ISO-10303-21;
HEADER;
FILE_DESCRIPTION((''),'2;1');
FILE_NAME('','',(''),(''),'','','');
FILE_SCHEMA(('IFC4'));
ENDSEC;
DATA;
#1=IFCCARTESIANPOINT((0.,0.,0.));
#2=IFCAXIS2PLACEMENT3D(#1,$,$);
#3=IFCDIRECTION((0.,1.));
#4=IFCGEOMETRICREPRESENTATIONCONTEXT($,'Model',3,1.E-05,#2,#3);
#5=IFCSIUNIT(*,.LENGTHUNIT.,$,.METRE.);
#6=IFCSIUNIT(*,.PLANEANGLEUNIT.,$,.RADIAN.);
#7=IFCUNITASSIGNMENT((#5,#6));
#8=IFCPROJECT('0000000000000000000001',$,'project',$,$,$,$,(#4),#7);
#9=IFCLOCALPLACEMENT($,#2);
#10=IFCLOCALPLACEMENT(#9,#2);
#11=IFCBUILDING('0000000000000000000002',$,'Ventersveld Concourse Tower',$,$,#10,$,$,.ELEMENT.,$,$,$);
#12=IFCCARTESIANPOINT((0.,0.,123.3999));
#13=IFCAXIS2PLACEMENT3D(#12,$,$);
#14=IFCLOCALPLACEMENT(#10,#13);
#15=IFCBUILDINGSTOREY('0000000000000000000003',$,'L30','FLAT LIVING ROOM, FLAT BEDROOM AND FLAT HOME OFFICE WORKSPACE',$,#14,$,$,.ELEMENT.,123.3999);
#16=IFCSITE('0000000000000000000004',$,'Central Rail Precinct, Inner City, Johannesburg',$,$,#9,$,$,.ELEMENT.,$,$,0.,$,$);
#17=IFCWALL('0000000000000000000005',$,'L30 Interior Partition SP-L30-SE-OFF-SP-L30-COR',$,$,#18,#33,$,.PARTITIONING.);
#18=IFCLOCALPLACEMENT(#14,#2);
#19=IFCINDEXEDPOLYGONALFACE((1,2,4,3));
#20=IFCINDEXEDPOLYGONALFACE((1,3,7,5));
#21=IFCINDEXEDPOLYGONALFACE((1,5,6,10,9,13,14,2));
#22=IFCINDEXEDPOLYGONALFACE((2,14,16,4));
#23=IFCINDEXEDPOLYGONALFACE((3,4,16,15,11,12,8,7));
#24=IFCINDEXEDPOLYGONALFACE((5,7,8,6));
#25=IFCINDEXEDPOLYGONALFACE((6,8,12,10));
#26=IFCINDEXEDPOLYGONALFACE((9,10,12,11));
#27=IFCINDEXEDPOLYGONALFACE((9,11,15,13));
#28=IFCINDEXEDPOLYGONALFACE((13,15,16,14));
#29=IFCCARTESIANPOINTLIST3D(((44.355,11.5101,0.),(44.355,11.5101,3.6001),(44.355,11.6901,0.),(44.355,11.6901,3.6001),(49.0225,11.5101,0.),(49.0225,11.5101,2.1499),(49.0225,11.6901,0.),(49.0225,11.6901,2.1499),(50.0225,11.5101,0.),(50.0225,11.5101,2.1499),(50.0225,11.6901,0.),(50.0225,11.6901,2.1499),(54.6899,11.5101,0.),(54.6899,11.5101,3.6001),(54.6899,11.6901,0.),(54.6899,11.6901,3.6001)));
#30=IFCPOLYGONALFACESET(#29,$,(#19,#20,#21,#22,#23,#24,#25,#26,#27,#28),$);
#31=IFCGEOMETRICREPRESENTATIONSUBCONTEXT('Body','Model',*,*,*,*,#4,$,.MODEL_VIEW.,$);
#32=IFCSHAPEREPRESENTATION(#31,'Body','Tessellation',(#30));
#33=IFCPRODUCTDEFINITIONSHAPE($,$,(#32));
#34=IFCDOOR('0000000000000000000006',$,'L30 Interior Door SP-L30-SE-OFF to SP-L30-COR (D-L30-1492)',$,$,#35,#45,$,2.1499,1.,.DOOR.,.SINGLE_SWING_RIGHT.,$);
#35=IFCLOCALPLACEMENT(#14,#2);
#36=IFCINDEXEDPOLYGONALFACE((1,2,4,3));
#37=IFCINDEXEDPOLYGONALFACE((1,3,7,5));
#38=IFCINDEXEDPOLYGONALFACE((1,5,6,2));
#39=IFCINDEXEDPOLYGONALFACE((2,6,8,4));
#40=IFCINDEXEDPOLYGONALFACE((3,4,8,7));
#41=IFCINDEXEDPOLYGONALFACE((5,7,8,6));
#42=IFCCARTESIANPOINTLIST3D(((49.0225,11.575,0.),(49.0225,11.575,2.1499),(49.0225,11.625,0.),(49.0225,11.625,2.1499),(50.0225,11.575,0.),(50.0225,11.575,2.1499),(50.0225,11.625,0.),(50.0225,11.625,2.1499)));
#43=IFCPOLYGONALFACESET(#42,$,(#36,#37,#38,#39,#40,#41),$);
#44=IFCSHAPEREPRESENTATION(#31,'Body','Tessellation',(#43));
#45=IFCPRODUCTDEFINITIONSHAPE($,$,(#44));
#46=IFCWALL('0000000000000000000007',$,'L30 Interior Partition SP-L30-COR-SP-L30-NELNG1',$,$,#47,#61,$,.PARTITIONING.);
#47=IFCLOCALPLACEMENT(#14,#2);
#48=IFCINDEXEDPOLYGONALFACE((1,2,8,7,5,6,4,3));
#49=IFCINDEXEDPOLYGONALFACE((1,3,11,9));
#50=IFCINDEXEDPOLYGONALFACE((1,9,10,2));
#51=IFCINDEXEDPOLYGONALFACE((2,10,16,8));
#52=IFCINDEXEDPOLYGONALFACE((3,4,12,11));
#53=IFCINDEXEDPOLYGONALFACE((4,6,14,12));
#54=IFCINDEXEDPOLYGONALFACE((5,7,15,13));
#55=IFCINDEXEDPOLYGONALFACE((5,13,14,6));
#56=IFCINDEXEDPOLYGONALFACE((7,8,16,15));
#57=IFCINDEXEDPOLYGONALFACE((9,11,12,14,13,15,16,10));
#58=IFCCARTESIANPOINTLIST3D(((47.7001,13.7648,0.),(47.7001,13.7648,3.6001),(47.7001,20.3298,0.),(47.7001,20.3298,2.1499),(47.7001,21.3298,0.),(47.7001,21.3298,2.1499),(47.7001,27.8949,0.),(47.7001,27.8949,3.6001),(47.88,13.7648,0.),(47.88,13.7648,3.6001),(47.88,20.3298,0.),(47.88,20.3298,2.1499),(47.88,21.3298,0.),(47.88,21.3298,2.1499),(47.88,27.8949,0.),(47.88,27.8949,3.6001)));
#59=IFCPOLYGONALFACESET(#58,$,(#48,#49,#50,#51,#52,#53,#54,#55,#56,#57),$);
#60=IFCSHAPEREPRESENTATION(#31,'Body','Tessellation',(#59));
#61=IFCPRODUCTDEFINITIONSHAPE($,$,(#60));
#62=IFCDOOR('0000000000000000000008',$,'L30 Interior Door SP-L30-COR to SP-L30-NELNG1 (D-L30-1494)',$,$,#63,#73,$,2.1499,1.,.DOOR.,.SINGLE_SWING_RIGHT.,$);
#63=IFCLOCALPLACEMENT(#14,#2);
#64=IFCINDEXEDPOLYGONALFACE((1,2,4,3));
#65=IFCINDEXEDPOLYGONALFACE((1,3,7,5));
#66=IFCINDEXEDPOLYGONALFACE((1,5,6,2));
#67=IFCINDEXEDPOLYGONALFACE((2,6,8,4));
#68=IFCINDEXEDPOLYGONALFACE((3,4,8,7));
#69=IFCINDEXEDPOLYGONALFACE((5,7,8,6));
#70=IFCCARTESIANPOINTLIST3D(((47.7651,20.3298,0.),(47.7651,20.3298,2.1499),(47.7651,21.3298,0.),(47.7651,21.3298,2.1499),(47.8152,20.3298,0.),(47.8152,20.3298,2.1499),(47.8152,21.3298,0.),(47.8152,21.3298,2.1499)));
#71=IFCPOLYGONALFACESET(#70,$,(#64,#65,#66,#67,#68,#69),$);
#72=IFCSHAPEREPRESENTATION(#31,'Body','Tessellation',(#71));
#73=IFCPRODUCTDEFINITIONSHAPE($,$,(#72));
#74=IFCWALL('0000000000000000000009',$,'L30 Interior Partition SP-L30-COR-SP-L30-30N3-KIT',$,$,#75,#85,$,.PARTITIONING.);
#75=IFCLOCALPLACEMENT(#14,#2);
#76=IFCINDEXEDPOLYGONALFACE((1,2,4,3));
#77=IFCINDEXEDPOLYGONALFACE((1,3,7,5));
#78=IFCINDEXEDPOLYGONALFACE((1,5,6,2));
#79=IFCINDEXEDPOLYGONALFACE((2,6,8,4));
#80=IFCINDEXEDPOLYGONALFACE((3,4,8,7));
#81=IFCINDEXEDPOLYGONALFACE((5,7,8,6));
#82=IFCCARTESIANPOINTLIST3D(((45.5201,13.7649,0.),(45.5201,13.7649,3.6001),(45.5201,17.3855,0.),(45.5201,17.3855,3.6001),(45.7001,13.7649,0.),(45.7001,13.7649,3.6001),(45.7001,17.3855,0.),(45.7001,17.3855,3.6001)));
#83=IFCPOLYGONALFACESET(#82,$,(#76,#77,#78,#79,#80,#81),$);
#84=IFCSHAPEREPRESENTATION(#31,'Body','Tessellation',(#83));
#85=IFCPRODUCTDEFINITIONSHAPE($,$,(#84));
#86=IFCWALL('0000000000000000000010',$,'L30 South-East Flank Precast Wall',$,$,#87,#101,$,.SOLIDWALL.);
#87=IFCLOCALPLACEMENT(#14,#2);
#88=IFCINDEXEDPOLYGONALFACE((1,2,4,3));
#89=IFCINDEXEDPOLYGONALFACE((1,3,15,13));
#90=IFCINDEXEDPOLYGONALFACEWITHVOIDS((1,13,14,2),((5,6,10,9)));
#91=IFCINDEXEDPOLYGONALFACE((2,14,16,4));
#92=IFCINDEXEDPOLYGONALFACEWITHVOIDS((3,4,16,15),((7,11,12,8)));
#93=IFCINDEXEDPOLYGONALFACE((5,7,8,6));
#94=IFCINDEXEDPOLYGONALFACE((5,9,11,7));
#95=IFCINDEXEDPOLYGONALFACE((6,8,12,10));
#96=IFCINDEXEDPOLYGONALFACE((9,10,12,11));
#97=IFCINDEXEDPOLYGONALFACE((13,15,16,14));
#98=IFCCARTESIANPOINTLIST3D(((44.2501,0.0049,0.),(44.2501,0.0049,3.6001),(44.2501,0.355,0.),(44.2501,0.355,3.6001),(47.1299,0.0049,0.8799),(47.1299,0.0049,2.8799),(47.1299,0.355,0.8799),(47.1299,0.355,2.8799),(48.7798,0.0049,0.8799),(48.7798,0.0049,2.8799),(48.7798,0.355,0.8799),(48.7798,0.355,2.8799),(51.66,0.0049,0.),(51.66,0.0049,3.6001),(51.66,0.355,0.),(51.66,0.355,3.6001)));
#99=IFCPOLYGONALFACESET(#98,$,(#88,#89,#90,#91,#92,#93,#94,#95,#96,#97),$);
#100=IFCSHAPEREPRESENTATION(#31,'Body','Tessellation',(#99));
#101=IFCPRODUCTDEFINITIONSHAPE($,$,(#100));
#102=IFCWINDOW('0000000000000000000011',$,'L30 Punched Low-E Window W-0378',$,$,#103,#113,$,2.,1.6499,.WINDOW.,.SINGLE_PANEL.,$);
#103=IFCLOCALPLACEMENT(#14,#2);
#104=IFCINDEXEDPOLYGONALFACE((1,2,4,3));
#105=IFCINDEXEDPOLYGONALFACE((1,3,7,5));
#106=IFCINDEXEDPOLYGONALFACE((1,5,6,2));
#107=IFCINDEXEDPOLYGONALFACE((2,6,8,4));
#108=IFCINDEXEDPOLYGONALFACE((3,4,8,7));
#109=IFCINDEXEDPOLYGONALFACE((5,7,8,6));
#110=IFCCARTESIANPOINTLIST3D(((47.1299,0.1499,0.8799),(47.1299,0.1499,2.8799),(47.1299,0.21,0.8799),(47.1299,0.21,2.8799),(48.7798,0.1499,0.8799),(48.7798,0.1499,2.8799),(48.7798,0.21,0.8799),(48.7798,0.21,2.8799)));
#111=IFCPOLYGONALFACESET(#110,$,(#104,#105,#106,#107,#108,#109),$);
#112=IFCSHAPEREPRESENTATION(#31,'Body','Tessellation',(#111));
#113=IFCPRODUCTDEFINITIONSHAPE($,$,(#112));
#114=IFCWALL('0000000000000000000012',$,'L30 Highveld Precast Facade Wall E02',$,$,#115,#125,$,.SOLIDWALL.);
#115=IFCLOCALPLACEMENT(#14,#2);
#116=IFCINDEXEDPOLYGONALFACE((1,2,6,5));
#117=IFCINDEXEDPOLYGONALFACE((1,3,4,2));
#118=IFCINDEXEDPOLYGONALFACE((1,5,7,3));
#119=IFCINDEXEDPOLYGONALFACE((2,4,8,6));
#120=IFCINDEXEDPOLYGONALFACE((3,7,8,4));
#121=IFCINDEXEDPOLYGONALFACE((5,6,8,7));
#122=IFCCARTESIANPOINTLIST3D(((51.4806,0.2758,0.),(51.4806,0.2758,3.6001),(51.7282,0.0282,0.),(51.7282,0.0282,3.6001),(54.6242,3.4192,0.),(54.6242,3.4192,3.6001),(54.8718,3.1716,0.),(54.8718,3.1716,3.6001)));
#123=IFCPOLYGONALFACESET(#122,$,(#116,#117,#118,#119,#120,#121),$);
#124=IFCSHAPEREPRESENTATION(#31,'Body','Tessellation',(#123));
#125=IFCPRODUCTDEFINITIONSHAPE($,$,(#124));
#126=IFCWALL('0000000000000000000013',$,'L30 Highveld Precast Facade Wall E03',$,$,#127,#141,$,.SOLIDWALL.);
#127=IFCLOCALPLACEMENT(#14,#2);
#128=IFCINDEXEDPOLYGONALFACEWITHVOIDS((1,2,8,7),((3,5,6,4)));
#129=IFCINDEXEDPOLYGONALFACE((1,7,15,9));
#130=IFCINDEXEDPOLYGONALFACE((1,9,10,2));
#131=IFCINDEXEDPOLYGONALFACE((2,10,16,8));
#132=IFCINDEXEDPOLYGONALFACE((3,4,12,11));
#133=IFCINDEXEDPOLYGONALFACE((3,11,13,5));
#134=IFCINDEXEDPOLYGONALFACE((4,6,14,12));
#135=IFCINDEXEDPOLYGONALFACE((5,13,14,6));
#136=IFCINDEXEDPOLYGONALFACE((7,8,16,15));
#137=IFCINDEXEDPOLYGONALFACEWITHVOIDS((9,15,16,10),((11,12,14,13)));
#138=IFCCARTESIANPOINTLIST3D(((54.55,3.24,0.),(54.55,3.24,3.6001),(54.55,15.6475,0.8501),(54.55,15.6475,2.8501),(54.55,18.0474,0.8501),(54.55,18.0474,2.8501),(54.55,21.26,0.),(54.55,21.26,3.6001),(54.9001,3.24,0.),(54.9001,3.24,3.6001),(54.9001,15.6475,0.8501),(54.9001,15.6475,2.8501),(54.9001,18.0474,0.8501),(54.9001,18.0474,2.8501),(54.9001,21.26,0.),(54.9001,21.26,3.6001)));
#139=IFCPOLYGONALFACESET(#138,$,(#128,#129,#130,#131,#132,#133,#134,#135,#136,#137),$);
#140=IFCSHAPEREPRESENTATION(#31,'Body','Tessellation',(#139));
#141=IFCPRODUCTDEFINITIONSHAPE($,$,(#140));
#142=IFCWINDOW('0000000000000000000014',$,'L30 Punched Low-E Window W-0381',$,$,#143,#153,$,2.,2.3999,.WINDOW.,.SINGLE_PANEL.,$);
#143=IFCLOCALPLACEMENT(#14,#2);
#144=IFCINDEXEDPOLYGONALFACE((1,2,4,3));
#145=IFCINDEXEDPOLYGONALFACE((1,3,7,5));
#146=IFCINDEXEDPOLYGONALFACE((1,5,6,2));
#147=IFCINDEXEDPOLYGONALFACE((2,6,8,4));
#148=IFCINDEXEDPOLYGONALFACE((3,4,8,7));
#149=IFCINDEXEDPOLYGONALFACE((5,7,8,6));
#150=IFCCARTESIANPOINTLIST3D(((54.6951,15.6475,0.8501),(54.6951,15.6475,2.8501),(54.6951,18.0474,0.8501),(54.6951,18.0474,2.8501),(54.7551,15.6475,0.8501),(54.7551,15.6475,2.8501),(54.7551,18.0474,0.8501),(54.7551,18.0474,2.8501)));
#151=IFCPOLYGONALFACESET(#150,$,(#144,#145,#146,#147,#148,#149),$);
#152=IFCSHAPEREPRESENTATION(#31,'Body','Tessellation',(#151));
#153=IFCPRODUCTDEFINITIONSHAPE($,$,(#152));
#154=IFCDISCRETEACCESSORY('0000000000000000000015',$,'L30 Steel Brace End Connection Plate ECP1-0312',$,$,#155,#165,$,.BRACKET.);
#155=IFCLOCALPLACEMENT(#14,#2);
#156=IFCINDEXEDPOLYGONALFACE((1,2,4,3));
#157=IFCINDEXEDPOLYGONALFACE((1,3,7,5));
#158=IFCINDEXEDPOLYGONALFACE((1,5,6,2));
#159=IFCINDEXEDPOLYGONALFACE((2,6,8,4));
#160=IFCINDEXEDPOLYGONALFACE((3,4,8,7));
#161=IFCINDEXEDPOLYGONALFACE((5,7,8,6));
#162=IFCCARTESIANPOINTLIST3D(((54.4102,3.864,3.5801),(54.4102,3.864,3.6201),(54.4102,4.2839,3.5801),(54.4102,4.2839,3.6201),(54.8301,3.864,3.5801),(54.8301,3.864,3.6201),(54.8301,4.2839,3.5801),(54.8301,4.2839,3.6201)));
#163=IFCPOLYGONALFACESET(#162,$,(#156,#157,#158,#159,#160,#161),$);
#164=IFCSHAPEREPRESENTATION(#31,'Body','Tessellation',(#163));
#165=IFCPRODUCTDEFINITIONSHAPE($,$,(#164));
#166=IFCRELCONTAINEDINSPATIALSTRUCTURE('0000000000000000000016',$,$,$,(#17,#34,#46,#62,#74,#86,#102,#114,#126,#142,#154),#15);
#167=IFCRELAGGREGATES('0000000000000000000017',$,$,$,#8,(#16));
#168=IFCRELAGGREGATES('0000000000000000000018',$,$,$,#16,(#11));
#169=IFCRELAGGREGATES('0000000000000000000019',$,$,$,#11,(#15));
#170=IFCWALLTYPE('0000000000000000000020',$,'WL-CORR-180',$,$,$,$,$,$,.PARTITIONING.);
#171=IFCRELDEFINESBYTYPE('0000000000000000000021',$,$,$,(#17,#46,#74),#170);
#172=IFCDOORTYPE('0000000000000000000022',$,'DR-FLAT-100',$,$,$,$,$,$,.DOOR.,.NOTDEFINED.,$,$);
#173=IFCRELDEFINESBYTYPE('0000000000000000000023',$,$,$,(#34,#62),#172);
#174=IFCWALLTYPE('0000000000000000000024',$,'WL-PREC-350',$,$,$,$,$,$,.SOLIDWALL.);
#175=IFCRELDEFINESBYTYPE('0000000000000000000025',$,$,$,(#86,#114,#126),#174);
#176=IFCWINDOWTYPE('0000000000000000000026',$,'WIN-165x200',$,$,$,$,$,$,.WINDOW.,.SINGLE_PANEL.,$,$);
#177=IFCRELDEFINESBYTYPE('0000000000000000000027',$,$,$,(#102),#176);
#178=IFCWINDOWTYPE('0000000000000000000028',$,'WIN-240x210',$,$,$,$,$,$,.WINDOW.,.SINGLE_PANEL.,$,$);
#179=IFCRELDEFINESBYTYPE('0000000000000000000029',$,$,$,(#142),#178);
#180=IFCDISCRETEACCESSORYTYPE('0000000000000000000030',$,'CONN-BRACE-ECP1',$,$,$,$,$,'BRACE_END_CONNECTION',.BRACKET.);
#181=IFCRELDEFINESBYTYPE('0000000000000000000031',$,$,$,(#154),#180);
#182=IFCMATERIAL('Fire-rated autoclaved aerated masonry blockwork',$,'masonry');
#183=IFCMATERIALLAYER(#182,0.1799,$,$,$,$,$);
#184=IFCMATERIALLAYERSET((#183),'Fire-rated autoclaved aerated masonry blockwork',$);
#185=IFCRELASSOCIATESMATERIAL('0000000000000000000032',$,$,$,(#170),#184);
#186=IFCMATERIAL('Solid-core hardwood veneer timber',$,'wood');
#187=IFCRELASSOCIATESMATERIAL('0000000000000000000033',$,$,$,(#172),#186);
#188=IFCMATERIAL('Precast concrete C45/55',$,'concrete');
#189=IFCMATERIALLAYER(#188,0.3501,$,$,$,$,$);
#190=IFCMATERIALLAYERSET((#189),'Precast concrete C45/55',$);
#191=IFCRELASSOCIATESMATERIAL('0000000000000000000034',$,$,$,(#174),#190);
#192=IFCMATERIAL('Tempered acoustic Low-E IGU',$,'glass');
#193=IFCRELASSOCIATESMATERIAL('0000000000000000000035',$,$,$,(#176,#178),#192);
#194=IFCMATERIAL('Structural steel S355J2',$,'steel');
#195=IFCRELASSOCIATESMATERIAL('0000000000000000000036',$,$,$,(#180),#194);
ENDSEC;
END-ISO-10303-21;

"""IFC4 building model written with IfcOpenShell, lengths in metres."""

from ifc_helpers import new_model, si_unit, direction, frame, frame_2d, origin, origin_2d, place, context, subcontext, project, spatial, rectangle, extrude, material, layer, layer_set, type_object, element, fill, save


model = new_model("IFC4")

# Units and contexts
model_context = context("Model", 3, precision=1e-05, world=origin(), true_north=direction((0.0, 1.0)))
body_context = subcontext(model_context, "Body", "Model", "MODEL_VIEW")
ifc_project = project(units=[si_unit("LENGTHUNIT", "METRE"), si_unit("PLANEANGLEUNIT", "RADIAN")], contexts=[model_context])

# Site, building, storey
site_placement = place(None, origin())
site = spatial("IfcSite", under=ifc_project, at=site_placement, Name="Central Rail Precinct, Inner City, Johannesburg", CompositionType="ELEMENT", RefElevation=0.0)
building_placement = place(site_placement, origin())
building = spatial("IfcBuilding", under=site, at=building_placement, Name="Ventersveld Concourse Tower", CompositionType="ELEMENT")
storey_placement = place(building_placement, frame((0.0, 0.0, 123.3999)))
storey = spatial("IfcBuildingStorey", under=building, at=storey_placement, Name="L30", Description="FLAT LIVING ROOM, FLAT BEDROOM AND FLAT HOME OFFICE WORKSPACE", CompositionType="ELEMENT", Elevation=123.3999)

# Shared definitions
ifc_material_1 = material(Name="Structural steel S355J2", Category="steel")

# Walls, openings, doors
ifc_material_2 = material(Name="Fire-rated autoclaved aerated masonry blockwork", Category="masonry")
ifc_layer_1 = layer(ifc_material_2, 0.1799)
ifc_layer_set_1 = layer_set([ifc_layer_1], Name="Fire-rated autoclaved aerated masonry blockwork")
wall_type_1 = type_object("IfcWallType", Name="WL-CORR-180", PredefinedType="PARTITIONING", material=ifc_layer_set_1)
wall_1_placement = place(storey_placement, frame((44.355, 11.6001, 0.0), z_axis=(0.0, 0.0, 1.0), x_axis=(1.0, 0.0, 0.0)))
wall_1 = element("IfcWall", 1, at=wall_1_placement, inside=storey, type_object=wall_type_1, Name="L30 Interior Partition SP-L30-SE-OFF-SP-L30-COR", PredefinedType="PARTITIONING", context=body_context, shape_type="SweptSolid", body=[
    extrude(rectangle(XDim=10.335, YDim=0.1799, at=frame_2d((5.1675, 0.0))), origin(), (0.0, 0.0, 1.0), 3.6001),
])
opening_1_placement = place(wall_1_placement, frame((4.6675, 0.0, 0.0)))
opening_1 = element("IfcOpeningElement", 2, at=opening_1_placement, cuts=wall_1, PredefinedType="OPENING", context=body_context, shape_type="SweptSolid", body=[
    extrude(rectangle(XDim=1.0, YDim=2.1499, at=frame_2d((0.5, 1.075))), frame((0.0, 0.1001, 0.0), z_axis=(0.0, -1.0, 0.0), x_axis=(1.0, 0.0, 0.0)), (0.0, 0.0, 1.0), 0.2),
])
ifc_material_3 = material(Name="Solid-core hardwood veneer timber", Category="wood")
door_type = type_object("IfcDoorType", Name="DR-FLAT-100", OperationType="NOTDEFINED", PredefinedType="DOOR", material=ifc_material_3)
door_1_placement = place(opening_1_placement, origin())
door_1 = element("IfcDoor", 3, at=door_1_placement, inside=storey, type_object=door_type, Name="L30 Interior Door SP-L30-SE-OFF to SP-L30-COR (D-L30-1492)", OperationType="SINGLE_SWING_RIGHT", OverallHeight=2.1499, OverallWidth=1.0, PredefinedType="DOOR", context=body_context, shape_type="SweptSolid", body=[
    extrude(rectangle(XDim=1.0, YDim=2.1499, at=frame_2d((0.5, 1.075))), frame((0.0, 0.0249, 0.0), z_axis=(0.0, -1.0, 0.0), x_axis=(1.0, 0.0, 0.0)), (0.0, 0.0, 1.0), 0.05),
])
fill(opening_1, door_1)
wall_2_placement = place(storey_placement, frame((47.79, 13.7649, 0.0), z_axis=(0.0, 0.0, 1.0), x_axis=(0.0, 1.0, 0.0)))
wall_2 = element("IfcWall", 4, at=wall_2_placement, inside=storey, type_object=wall_type_1, Name="L30 Interior Partition SP-L30-COR-SP-L30-NELNG1", PredefinedType="PARTITIONING", context=body_context, shape_type="SweptSolid", body=[
    extrude(rectangle(XDim=14.1301, YDim=0.1799, at=frame_2d((7.0649, 0.0))), origin(), (0.0, 0.0, 1.0), 3.6001),
])
opening_2_placement = place(wall_2_placement, frame((6.5649, 0.0, 0.0)))
opening_2 = element("IfcOpeningElement", 5, at=opening_2_placement, cuts=wall_2, PredefinedType="OPENING", context=body_context, shape_type="SweptSolid", body=[
    extrude(rectangle(XDim=1.0, YDim=2.1499, at=frame_2d((0.5, 1.075))), frame((0.0, 0.1001, 0.0), z_axis=(0.0, -1.0, 0.0), x_axis=(1.0, 0.0, 0.0)), (0.0, 0.0, 1.0), 0.2),
])
door_2_placement = place(opening_2_placement, origin())
door_2 = element("IfcDoor", 6, at=door_2_placement, inside=storey, type_object=door_type, Name="L30 Interior Door SP-L30-COR to SP-L30-NELNG1 (D-L30-1494)", OperationType="SINGLE_SWING_RIGHT", OverallHeight=2.1499, OverallWidth=1.0, PredefinedType="DOOR", context=body_context, shape_type="SweptSolid", body=[
    extrude(rectangle(XDim=1.0, YDim=2.1499, at=frame_2d((0.5, 1.075))), frame((0.0, 0.0249, 0.0), z_axis=(0.0, -1.0, 0.0), x_axis=(1.0, 0.0, 0.0)), (0.0, 0.0, 1.0), 0.05),
])
fill(opening_2, door_2)

# Wall
wall_3_placement = place(storey_placement, frame((45.6101, 13.7649, 0.0), z_axis=(0.0, 0.0, 1.0), x_axis=(0.0, 1.0, 0.0)))
element("IfcWall", 7, at=wall_3_placement, inside=storey, type_object=wall_type_1, Name="L30 Interior Partition SP-L30-COR-SP-L30-30N3-KIT", PredefinedType="PARTITIONING", context=body_context, shape_type="SweptSolid", body=[
    extrude(rectangle(XDim=3.6206, YDim=0.1799, at=frame_2d((1.8103, 0.0))), origin(), (0.0, 0.0, 1.0), 3.6001),
])

# Wall, opening, window
ifc_material_4 = material(Name="Precast concrete C45/55", Category="concrete")
ifc_layer_2 = layer(ifc_material_4, 0.3501)
ifc_layer_set_2 = layer_set([ifc_layer_2], Name="Precast concrete C45/55")
wall_type_2 = type_object("IfcWallType", Name="WL-PREC-350", PredefinedType="SOLIDWALL", material=ifc_layer_set_2)
wall_4_placement = place(storey_placement, frame((44.25, 0.1799, 0.0), z_axis=(0.0, 0.0, 1.0), x_axis=(1.0, 0.0, 0.0)))
wall_4 = element("IfcWall", 8, at=wall_4_placement, inside=storey, type_object=wall_type_2, Name="L30 South-East Flank Precast Wall", PredefinedType="SOLIDWALL", context=body_context, shape_type="SweptSolid", body=[
    extrude(rectangle(XDim=7.4099, YDim=0.3501, at=frame_2d((3.7051, 0.0))), origin(), (0.0, 0.0, 1.0), 3.6001),
])
opening_3_placement = place(wall_4_placement, frame((2.8799, 0.0, 0.8799)))
opening_3 = element("IfcOpeningElement", 9, at=opening_3_placement, cuts=wall_4, PredefinedType="OPENING", context=body_context, shape_type="SweptSolid", body=[
    extrude(rectangle(XDim=1.6499, YDim=2.0, at=frame_2d((0.825, 1.0))), frame((0.0, 0.1851, 0.0), z_axis=(0.0, -1.0, 0.0), x_axis=(1.0, 0.0, 0.0)), (0.0, 0.0, 1.0), 0.3701),
])
ifc_material_5 = material(Name="Tempered acoustic Low-E IGU", Category="glass")
window_type_1 = type_object("IfcWindowType", Name="WIN-165x200", PartitioningType="SINGLE_PANEL", PredefinedType="WINDOW", material=ifc_material_5)
window_1_placement = place(opening_3_placement, origin())
window_1 = element("IfcWindow", 10, at=window_1_placement, inside=storey, type_object=window_type_1, Name="L30 Punched Low-E Window W-0378", OverallHeight=2.0, OverallWidth=1.6499, PartitioningType="SINGLE_PANEL", PredefinedType="WINDOW", context=body_context, shape_type="SweptSolid", body=[
    extrude(rectangle(XDim=1.6499, YDim=2.0, at=frame_2d((0.825, 1.0))), frame((0.0, 0.03, 0.0), z_axis=(0.0, -1.0, 0.0), x_axis=(1.0, 0.0, 0.0)), (0.0, 0.0, 1.0), 0.0601),
])
fill(opening_3, window_1)

# Wall
wall_5_placement = place(storey_placement, frame((51.6045, 0.1521, 0.0), z_axis=(0.0, 0.0, 1.0), x_axis=(0.707134, 0.707079, 0.0)))
element("IfcWall", 11, at=wall_5_placement, inside=storey, type_object=wall_type_2, Name="L30 Highveld Precast Facade Wall E02", PredefinedType="SOLIDWALL", context=body_context, shape_type="SweptSolid", body=[
    extrude(rectangle(XDim=4.4456, YDim=0.3501, at=frame_2d((2.2227, 0.0))), origin(), (0.0, 0.0, 1.0), 3.6001),
])

# Wall, opening, window
wall_6_placement = place(storey_placement, frame((54.7251, 3.24, 0.0), z_axis=(0.0, 0.0, 1.0), x_axis=(0.0, 1.0, 0.0)))
wall_6 = element("IfcWall", 12, at=wall_6_placement, inside=storey, type_object=wall_type_2, Name="L30 Highveld Precast Facade Wall E03", PredefinedType="SOLIDWALL", context=body_context, shape_type="SweptSolid", body=[
    extrude(rectangle(XDim=18.02, YDim=0.3501, at=frame_2d((9.01, 0.0))), origin(), (0.0, 0.0, 1.0), 3.6001),
])
opening_4_placement = place(wall_6_placement, frame((12.4075, 0.0, 0.8501)))
opening_4 = element("IfcOpeningElement", 13, at=opening_4_placement, cuts=wall_6, PredefinedType="OPENING", context=body_context, shape_type="SweptSolid", body=[
    extrude(rectangle(XDim=2.3999, YDim=2.0, at=frame_2d((1.2, 1.0))), frame((0.0, 0.1851, 0.0), z_axis=(0.0, -1.0, 0.0), x_axis=(1.0, 0.0, 0.0)), (0.0, 0.0, 1.0), 0.3701),
])
window_type_2 = type_object("IfcWindowType", Name="WIN-240x210", PartitioningType="SINGLE_PANEL", PredefinedType="WINDOW", material=ifc_material_5)
window_2_placement = place(opening_4_placement, origin())
window_2 = element("IfcWindow", 14, at=window_2_placement, inside=storey, type_object=window_type_2, Name="L30 Punched Low-E Window W-0381", OverallHeight=2.0, OverallWidth=2.3999, PartitioningType="SINGLE_PANEL", PredefinedType="WINDOW", context=body_context, shape_type="SweptSolid", body=[
    extrude(rectangle(XDim=2.3999, YDim=2.0, at=frame_2d((1.2, 1.0))), frame((0.0, 0.03, 0.0), z_axis=(0.0, -1.0, 0.0), x_axis=(1.0, 0.0, 0.0)), (0.0, 0.0, 1.0), 0.0601),
])
fill(opening_4, window_2)

# Discrete accessory
discrete_accessory_type = type_object("IfcDiscreteAccessoryType", Name="CONN-BRACE-ECP1", ElementType="BRACE_END_CONNECTION", PredefinedType="BRACKET", material=ifc_material_1)
discrete_accessory_placement = place(storey_placement, frame((54.6201, 4.074, 3.5801), z_axis=(0.0, 0.0, 1.0), x_axis=(1.0, 0.0, 0.0)))
element("IfcDiscreteAccessory", 15, at=discrete_accessory_placement, inside=storey, type_object=discrete_accessory_type, Name="L30 Steel Brace End Connection Plate ECP1-0312", PredefinedType="BRACKET", context=body_context, shape_type="SweptSolid", body=[
    extrude(rectangle(XDim=0.4199, YDim=0.4199, at=origin_2d()), origin(), (0.0, 0.0, 1.0), 0.04),
])

save(model, "model.ifc")
